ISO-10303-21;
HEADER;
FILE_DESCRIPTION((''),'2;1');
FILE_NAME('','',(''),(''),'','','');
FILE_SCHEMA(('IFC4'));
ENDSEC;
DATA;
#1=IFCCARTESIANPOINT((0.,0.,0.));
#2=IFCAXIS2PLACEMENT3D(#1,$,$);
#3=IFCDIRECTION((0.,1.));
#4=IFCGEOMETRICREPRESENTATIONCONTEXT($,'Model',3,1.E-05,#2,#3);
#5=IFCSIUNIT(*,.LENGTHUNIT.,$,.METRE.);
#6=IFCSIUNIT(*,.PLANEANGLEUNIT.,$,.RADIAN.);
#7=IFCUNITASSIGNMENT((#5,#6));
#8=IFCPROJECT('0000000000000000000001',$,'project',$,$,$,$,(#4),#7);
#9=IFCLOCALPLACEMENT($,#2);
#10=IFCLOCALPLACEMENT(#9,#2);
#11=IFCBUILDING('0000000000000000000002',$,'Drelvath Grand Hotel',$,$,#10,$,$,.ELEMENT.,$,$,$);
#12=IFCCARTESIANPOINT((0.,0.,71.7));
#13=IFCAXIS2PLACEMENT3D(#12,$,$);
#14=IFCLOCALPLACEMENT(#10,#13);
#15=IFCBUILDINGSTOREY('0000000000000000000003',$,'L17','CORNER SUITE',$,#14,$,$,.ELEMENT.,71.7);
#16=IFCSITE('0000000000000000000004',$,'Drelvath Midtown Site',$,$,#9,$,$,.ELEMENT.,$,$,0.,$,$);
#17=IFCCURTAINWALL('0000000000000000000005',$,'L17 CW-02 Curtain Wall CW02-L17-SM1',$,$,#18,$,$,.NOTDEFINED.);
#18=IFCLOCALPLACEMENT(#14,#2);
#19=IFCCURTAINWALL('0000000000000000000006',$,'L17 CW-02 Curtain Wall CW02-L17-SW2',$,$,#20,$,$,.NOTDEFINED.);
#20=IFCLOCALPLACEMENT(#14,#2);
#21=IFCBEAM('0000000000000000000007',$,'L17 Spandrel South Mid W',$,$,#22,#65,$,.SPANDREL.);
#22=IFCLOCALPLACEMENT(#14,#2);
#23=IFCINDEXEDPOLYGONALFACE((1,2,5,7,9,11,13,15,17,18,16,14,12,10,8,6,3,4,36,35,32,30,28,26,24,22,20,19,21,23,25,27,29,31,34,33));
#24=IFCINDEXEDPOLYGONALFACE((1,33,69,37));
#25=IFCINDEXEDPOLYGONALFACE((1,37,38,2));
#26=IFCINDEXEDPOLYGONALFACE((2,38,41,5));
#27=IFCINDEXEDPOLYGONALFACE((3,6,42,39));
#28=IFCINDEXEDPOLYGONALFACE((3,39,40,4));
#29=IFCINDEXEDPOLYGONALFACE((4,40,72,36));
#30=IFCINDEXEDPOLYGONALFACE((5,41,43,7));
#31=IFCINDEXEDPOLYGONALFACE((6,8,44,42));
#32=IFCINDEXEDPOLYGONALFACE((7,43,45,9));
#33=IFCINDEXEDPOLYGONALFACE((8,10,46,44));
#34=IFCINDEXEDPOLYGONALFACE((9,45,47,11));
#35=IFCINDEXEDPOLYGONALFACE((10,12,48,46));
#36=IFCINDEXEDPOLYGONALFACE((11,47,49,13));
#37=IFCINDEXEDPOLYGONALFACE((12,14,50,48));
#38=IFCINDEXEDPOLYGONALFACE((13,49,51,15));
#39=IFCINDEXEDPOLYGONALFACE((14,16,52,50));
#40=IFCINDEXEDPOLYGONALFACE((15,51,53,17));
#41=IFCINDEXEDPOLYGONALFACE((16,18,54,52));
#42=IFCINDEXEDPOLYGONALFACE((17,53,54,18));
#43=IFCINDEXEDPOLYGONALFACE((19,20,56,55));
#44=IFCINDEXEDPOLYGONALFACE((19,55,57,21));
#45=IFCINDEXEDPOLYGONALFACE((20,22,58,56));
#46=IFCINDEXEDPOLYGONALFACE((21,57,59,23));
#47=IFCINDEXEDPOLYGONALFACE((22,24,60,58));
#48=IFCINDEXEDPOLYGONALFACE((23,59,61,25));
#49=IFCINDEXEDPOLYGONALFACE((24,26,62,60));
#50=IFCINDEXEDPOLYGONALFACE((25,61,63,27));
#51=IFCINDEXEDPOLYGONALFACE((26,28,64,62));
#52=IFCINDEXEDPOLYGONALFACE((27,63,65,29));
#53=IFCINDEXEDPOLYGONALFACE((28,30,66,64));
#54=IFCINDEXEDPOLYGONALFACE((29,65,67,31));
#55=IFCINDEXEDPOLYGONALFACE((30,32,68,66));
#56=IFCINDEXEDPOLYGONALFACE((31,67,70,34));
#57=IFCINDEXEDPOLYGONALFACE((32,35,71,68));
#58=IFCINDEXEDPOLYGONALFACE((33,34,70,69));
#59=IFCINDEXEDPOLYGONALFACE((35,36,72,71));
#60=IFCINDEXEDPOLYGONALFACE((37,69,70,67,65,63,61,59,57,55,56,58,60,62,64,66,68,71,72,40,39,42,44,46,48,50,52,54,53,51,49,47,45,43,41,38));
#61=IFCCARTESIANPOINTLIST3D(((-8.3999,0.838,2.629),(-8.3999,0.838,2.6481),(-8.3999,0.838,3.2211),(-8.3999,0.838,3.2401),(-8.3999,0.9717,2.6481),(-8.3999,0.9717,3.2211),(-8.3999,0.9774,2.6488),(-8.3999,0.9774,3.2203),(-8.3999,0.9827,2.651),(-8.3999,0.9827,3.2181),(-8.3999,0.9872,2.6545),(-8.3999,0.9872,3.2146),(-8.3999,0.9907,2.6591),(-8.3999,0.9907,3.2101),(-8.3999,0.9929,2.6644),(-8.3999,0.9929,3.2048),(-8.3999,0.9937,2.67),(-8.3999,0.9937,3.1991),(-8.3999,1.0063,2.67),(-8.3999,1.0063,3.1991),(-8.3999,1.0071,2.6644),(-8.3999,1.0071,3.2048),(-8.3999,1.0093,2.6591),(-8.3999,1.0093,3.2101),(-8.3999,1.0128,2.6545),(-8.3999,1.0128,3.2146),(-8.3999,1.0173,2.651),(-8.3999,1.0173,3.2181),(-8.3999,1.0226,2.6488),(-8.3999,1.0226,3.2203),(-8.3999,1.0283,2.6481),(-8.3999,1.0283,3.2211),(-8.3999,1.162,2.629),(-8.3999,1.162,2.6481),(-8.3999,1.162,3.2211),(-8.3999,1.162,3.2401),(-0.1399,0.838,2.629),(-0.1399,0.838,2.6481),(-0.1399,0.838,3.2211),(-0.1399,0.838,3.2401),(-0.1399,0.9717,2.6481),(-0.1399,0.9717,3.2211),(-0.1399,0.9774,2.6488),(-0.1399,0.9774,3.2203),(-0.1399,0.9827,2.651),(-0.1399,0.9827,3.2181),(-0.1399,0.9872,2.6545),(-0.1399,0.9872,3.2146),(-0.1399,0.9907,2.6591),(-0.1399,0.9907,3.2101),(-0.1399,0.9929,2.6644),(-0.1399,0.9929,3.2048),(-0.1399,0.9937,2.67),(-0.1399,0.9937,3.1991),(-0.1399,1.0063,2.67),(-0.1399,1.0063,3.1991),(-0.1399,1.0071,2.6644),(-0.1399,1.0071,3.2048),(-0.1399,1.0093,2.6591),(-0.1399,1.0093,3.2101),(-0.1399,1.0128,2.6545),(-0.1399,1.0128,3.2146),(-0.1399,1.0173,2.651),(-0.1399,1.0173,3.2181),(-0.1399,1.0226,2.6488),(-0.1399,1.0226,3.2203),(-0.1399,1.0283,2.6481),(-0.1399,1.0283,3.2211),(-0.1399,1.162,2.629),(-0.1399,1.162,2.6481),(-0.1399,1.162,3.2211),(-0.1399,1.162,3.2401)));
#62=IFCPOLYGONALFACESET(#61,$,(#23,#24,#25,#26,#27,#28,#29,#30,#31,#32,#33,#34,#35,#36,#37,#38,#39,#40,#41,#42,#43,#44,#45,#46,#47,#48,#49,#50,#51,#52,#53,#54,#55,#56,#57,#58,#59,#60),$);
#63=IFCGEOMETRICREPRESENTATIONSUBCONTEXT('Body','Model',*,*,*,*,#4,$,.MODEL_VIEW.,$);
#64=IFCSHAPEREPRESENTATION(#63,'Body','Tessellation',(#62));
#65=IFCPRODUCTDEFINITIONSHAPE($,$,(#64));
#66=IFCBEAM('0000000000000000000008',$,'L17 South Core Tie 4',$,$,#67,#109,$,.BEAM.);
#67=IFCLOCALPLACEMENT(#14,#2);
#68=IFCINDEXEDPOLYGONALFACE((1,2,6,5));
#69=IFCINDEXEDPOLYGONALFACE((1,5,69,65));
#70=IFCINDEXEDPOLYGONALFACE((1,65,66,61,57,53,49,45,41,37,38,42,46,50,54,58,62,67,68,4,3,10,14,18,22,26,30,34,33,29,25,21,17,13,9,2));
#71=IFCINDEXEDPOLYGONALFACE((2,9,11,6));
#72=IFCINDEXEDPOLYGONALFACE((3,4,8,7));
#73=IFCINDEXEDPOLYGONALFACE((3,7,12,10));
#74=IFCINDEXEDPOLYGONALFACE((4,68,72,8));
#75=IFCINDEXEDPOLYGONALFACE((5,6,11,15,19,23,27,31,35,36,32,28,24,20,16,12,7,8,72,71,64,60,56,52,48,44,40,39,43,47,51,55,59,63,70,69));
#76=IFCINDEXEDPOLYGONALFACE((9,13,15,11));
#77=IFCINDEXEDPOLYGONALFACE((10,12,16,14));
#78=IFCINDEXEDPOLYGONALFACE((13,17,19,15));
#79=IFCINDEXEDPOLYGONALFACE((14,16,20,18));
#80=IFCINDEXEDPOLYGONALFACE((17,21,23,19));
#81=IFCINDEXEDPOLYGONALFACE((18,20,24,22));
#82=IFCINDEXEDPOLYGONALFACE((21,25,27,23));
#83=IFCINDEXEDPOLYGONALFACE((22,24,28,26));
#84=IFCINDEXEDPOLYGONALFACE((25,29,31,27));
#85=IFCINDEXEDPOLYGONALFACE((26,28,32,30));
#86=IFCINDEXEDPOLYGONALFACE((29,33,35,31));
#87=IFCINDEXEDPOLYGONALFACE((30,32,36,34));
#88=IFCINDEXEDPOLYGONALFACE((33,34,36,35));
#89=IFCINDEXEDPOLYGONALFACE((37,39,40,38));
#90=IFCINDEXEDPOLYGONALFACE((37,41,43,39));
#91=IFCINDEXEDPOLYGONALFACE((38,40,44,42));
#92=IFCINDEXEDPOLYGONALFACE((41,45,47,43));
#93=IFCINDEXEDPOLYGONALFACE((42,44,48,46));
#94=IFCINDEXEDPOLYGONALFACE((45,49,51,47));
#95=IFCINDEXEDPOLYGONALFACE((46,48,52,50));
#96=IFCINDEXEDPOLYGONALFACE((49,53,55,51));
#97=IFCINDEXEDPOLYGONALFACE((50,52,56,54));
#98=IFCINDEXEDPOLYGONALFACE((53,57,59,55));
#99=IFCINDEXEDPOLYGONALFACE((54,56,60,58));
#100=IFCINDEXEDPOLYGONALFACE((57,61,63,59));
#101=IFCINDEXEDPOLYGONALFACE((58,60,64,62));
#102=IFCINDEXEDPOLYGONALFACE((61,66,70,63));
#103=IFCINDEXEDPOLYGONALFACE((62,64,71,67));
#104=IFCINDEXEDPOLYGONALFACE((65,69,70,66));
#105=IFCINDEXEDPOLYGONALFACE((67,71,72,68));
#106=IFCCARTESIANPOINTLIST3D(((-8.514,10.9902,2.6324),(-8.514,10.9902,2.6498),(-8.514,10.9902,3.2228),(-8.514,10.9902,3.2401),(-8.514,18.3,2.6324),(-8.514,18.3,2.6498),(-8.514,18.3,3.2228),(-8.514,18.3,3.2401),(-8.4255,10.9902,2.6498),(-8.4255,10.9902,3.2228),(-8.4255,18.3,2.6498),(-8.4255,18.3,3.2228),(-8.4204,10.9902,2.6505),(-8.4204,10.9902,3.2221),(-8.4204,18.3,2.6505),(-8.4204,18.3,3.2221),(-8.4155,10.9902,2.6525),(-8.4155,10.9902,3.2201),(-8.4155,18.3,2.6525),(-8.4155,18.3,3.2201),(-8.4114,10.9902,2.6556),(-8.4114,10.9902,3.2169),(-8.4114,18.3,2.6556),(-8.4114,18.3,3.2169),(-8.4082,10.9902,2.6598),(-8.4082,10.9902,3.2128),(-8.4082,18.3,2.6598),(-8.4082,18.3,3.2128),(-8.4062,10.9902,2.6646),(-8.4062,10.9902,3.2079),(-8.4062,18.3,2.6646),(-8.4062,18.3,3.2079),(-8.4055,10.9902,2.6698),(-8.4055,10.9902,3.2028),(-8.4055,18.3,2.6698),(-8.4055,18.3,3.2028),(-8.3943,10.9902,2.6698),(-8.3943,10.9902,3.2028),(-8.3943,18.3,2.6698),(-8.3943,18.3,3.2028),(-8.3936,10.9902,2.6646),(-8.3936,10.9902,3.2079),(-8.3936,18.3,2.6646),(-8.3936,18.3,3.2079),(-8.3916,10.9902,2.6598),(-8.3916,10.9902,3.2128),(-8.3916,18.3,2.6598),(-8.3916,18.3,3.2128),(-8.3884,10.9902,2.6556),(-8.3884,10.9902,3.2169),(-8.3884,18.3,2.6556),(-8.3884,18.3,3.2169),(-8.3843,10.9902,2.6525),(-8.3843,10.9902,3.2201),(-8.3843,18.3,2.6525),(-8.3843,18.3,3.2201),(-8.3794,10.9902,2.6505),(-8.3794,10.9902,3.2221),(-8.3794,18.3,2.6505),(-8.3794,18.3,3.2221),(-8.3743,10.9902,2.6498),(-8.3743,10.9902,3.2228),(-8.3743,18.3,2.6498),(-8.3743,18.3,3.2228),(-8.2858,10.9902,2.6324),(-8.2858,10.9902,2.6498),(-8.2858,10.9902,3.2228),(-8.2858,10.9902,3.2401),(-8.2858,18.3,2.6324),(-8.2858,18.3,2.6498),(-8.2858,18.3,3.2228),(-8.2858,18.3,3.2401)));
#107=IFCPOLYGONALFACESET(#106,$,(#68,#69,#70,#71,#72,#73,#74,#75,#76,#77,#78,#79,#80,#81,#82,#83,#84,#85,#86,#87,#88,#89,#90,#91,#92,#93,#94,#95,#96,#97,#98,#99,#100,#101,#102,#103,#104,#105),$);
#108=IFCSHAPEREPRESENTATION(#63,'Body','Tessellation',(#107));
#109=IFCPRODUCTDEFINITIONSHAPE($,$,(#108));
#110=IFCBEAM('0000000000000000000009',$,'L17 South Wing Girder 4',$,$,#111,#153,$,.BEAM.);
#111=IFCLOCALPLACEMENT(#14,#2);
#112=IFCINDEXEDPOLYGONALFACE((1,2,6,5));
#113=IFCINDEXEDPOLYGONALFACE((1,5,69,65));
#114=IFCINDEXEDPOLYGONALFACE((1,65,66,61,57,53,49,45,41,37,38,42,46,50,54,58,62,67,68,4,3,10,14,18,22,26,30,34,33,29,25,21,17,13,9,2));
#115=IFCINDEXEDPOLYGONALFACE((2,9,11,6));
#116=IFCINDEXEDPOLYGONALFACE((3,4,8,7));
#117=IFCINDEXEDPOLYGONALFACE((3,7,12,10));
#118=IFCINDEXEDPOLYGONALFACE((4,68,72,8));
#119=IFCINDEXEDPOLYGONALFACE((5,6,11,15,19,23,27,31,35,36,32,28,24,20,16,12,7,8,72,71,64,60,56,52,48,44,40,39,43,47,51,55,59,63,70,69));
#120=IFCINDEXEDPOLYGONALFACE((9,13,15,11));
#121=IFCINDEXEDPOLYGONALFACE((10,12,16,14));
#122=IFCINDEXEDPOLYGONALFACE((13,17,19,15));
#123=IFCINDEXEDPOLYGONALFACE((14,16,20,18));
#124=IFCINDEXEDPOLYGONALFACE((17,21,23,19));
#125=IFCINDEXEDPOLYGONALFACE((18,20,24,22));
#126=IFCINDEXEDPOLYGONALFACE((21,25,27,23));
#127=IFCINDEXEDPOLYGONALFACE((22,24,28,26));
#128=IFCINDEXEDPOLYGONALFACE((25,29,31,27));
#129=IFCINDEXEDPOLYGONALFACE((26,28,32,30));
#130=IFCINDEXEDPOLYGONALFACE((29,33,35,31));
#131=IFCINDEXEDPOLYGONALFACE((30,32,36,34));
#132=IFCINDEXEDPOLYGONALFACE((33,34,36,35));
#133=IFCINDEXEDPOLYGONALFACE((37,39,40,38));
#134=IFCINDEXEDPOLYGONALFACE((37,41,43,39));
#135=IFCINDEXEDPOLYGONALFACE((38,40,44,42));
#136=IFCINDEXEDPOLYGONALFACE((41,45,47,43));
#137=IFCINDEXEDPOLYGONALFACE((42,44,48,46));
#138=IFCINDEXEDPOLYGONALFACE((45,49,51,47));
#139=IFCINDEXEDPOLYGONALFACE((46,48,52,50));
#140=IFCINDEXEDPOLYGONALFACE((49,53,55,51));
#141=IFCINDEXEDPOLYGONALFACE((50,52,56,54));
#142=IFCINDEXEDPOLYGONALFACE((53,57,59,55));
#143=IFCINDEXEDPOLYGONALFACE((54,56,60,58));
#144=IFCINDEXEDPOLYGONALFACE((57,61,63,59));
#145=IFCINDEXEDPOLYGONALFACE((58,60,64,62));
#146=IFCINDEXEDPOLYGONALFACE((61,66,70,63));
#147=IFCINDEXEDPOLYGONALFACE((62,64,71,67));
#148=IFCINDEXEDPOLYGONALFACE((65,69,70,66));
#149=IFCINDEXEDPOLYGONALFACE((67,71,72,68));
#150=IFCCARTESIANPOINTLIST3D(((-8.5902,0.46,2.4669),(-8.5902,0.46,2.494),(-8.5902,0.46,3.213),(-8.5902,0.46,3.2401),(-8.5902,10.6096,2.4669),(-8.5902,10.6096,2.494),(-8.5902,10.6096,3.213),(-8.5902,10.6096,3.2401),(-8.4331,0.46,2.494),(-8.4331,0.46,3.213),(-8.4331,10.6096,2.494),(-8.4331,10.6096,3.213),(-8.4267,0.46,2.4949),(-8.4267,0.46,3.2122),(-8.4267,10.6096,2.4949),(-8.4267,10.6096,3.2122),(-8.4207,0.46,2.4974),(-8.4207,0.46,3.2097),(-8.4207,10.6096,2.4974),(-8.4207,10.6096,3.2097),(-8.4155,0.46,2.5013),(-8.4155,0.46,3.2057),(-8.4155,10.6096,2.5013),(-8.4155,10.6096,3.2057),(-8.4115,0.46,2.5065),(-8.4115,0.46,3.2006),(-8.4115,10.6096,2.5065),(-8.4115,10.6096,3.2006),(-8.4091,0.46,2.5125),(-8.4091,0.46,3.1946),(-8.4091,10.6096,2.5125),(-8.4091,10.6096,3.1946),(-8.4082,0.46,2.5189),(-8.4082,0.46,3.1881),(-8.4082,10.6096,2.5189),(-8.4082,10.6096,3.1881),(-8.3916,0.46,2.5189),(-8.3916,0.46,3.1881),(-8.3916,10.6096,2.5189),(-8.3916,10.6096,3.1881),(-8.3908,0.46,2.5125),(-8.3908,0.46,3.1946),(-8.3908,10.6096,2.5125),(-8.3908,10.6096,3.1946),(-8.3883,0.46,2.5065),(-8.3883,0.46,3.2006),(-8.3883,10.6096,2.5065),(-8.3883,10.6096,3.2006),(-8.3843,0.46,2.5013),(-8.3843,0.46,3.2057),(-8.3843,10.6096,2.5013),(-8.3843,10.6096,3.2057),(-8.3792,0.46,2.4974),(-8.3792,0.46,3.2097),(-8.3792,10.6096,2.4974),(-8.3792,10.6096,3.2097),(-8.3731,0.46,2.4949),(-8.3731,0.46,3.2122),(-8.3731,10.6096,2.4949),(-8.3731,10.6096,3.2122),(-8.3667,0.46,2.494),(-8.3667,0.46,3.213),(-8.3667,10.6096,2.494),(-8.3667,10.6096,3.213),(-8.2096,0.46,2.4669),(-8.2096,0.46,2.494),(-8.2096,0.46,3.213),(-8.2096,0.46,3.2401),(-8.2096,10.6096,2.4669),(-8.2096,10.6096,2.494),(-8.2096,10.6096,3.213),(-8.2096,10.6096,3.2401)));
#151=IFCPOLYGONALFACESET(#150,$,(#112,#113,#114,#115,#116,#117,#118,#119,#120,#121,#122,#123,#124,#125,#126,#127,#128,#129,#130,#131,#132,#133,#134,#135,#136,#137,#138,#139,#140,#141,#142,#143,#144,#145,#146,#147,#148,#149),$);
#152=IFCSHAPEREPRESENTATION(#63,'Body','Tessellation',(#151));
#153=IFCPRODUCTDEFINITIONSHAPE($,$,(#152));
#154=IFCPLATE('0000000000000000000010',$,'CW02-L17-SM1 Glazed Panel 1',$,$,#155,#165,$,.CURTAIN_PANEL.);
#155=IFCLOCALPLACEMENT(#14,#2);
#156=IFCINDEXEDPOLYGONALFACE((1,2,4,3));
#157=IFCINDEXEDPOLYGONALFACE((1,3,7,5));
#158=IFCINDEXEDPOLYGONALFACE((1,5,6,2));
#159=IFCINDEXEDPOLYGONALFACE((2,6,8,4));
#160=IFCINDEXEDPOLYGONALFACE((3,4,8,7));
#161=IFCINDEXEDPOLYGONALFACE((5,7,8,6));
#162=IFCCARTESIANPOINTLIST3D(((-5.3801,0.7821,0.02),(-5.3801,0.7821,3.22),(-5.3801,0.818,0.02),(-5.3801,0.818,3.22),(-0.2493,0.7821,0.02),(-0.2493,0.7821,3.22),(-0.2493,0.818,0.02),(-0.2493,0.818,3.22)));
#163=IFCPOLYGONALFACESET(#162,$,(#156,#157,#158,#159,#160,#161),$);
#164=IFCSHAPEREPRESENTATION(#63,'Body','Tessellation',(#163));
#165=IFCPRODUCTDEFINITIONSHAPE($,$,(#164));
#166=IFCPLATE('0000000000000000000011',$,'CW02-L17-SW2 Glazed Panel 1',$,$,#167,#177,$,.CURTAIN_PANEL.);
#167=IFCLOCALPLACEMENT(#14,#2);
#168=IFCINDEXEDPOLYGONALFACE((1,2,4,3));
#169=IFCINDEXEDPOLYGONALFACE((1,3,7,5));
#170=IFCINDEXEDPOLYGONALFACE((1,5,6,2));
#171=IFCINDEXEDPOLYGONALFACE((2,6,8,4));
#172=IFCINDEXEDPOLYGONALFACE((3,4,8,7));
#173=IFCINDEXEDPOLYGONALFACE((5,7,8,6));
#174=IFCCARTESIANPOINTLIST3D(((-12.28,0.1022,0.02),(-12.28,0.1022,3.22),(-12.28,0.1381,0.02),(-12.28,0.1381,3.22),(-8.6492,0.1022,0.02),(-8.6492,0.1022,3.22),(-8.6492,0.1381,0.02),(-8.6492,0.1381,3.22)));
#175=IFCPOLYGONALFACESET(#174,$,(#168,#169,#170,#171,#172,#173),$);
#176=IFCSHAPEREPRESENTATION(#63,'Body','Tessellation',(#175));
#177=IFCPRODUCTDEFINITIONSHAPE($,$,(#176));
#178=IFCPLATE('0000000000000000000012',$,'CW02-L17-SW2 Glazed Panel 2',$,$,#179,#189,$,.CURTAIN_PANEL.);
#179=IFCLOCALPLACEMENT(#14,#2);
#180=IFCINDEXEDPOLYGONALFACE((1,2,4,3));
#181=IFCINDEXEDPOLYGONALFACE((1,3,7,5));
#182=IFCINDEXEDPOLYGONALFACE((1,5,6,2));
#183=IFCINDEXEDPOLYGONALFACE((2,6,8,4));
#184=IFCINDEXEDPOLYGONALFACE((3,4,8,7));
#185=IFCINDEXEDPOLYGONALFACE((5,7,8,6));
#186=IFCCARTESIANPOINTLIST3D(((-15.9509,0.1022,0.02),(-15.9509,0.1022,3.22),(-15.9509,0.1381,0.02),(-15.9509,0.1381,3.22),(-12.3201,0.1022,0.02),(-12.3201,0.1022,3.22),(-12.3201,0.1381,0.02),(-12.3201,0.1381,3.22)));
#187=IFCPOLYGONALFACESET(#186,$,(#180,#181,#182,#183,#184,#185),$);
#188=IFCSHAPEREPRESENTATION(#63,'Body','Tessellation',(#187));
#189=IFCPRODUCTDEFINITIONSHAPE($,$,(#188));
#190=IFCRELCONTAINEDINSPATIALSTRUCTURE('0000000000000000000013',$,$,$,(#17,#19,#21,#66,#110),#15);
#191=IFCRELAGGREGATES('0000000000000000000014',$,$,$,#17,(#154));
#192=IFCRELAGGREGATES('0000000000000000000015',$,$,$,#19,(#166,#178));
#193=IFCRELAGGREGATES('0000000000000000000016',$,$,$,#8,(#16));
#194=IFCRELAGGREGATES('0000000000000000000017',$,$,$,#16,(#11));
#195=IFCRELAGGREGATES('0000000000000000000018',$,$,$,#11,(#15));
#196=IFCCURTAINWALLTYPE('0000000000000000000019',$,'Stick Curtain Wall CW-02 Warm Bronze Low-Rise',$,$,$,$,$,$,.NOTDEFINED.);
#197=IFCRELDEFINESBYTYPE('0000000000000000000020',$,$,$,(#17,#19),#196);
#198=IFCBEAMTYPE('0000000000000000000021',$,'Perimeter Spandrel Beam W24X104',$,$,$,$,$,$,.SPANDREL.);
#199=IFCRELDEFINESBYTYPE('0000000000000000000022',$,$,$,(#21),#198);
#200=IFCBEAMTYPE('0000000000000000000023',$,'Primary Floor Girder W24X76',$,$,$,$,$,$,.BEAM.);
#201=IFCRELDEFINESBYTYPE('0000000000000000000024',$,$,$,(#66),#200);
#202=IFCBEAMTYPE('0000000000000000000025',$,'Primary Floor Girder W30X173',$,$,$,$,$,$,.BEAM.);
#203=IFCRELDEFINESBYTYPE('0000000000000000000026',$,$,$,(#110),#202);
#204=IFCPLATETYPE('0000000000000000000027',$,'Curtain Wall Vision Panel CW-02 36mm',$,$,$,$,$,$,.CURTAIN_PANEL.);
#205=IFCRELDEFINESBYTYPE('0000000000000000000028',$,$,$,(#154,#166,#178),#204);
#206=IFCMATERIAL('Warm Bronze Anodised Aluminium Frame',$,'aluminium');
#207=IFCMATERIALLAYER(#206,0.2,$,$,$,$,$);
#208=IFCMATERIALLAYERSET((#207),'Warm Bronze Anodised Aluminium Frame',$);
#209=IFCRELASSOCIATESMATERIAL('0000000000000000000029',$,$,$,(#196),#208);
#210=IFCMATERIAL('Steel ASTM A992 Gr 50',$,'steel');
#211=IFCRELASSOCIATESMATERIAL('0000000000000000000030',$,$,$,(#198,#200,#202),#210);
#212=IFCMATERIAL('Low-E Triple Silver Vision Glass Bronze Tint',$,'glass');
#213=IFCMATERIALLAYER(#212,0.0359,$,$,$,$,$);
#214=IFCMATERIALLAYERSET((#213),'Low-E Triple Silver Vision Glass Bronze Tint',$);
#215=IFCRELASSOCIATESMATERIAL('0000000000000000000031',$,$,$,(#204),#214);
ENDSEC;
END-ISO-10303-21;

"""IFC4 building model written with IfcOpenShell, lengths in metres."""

from ifc_helpers import new_model, si_unit, direction, frame, origin, origin_2d, place, context, subcontext, project, spatial, rectangle, i_section, extrude, material, layer, layer_set, material_profile, profile_set, type_object, element, aggregate, save


model = new_model("IFC4")

# Units and contexts
model_context = context("Model", 3, precision=1e-05, world=origin(), true_north=direction((0.0, 1.0)))
body_context = subcontext(model_context, "Body", "Model", "MODEL_VIEW")
ifc_project = project(units=[si_unit("LENGTHUNIT", "METRE"), si_unit("PLANEANGLEUNIT", "RADIAN")], contexts=[model_context])

# Site, building, storey
site_placement = place(None, origin())
site = spatial("IfcSite", under=ifc_project, at=site_placement, Name="Drelvath Midtown Site", CompositionType="ELEMENT", RefElevation=0.0)
building_placement = place(site_placement, origin())
building = spatial("IfcBuilding", under=site, at=building_placement, Name="Drelvath Grand Hotel", CompositionType="ELEMENT")
storey_placement = place(building_placement, frame((0.0, 0.0, 71.7)))
storey = spatial("IfcBuildingStorey", under=building, at=storey_placement, Name="L17", Description="CORNER SUITE", CompositionType="ELEMENT", Elevation=71.7)

# Shared definitions
ifc_material_1 = material(Name="Steel ASTM A992 Gr 50", Category="steel")

# Curtain walls
ifc_material_2 = material(Name="Warm Bronze Anodised Aluminium Frame", Category="aluminium")
ifc_layer_1 = layer(ifc_material_2, 0.2)
ifc_layer_set_1 = layer_set([ifc_layer_1], Name="Warm Bronze Anodised Aluminium Frame")
curtain_wall_type = type_object("IfcCurtainWallType", Name="Stick Curtain Wall CW-02 Warm Bronze Low-Rise", PredefinedType="NOTDEFINED", material=ifc_layer_set_1)
curtain_wall_1_placement = place(storey_placement, origin())
curtain_wall_1 = element("IfcCurtainWall", 1, at=curtain_wall_1_placement, inside=storey, type_object=curtain_wall_type, Name="L17 CW-02 Curtain Wall CW02-L17-SM1", PredefinedType="NOTDEFINED")
curtain_wall_2_placement = place(storey_placement, origin())
curtain_wall_2 = element("IfcCurtainWall", 2, at=curtain_wall_2_placement, inside=storey, type_object=curtain_wall_type, Name="L17 CW-02 Curtain Wall CW02-L17-SW2", PredefinedType="NOTDEFINED")

# Beams
ifc_material_profile_1 = material_profile(ifc_material_1, i_section(OverallWidth=0.324, OverallDepth=0.6111, WebThickness=0.0127, FlangeThickness=0.019, FilletRadius=0.022, at=origin_2d()), Name="W24X104")
ifc_profile_set_1 = profile_set([ifc_material_profile_1], Name="Steel ASTM A992 Gr 50")
beam_type_1 = type_object("IfcBeamType", Name="Perimeter Spandrel Beam W24X104", PredefinedType="SPANDREL", material=ifc_profile_set_1)
beam_1_placement = place(storey_placement, frame((-8.3999, 1.0, 2.9346), z_axis=(1.0, 0.0, 0.0), x_axis=(0.0, 1.0, 0.0)))
element("IfcBeam", 3, at=beam_1_placement, inside=storey, type_object=beam_type_1, Name="L17 Spandrel South Mid W", PredefinedType="SPANDREL", context=body_context, shape_type="SweptSolid", body=[
    extrude(i_section(OverallWidth=0.324, OverallDepth=0.6111, WebThickness=0.0127, FlangeThickness=0.019, FilletRadius=0.022, at=origin_2d()), origin(), (0.0, 0.0, 1.0), 8.26),
])
ifc_material_profile_2 = material_profile(ifc_material_1, i_section(OverallWidth=0.2283, OverallDepth=0.6077, WebThickness=0.0112, FlangeThickness=0.0173, FilletRadius=0.02, at=origin_2d()), Name="W24X76")
ifc_profile_set_2 = profile_set([ifc_material_profile_2], Name="Steel ASTM A992 Gr 50")
beam_type_2 = type_object("IfcBeamType", Name="Primary Floor Girder W24X76", PredefinedType="BEAM", material=ifc_profile_set_2)
beam_2_placement = place(storey_placement, frame((-8.3999, 10.9902, 2.9363), z_axis=(0.0, 1.0, 0.0), x_axis=(-1.0, 0.0, 0.0)))
element("IfcBeam", 4, at=beam_2_placement, inside=storey, type_object=beam_type_2, Name="L17 South Core Tie 4", PredefinedType="BEAM", context=body_context, shape_type="SweptSolid", body=[
    extrude(i_section(OverallWidth=0.2283, OverallDepth=0.6077, WebThickness=0.0112, FlangeThickness=0.0173, FilletRadius=0.02, at=origin_2d()), origin(), (0.0, 0.0, 1.0), 7.3098),
])
ifc_material_profile_3 = material_profile(ifc_material_1, i_section(OverallWidth=0.3806, OverallDepth=0.7732, WebThickness=0.0166, FlangeThickness=0.0271, FilletRadius=0.0249, at=origin_2d()), Name="W30X173")
ifc_profile_set_3 = profile_set([ifc_material_profile_3], Name="Steel ASTM A992 Gr 50")
beam_type_3 = type_object("IfcBeamType", Name="Primary Floor Girder W30X173", PredefinedType="BEAM", material=ifc_profile_set_3)
beam_3_placement = place(storey_placement, frame((-8.3999, 0.46, 2.8535), z_axis=(0.0, 1.0, 0.0), x_axis=(-1.0, 0.0, 0.0)))
element("IfcBeam", 5, at=beam_3_placement, inside=storey, type_object=beam_type_3, Name="L17 South Wing Girder 4", PredefinedType="BEAM", context=body_context, shape_type="SweptSolid", body=[
    extrude(i_section(OverallWidth=0.3806, OverallDepth=0.7732, WebThickness=0.0166, FlangeThickness=0.0271, FilletRadius=0.0249, at=origin_2d()), origin(), (0.0, 0.0, 1.0), 10.1497),
])

# Plates
ifc_material_3 = material(Name="Low-E Triple Silver Vision Glass Bronze Tint", Category="glass")
ifc_layer_2 = layer(ifc_material_3, 0.0359)
ifc_layer_set_2 = layer_set([ifc_layer_2], Name="Low-E Triple Silver Vision Glass Bronze Tint")
plate_type = type_object("IfcPlateType", Name="Curtain Wall Vision Panel CW-02 36mm", PredefinedType="CURTAIN_PANEL", material=ifc_layer_set_2)
plate_1_placement = place(storey_placement, frame((-2.8147, 0.8, 0.02), z_axis=(0.0, 0.0, 1.0), x_axis=(-1.0, 0.0, 0.0)))
plate_1 = element("IfcPlate", 6, at=plate_1_placement, type_object=plate_type, Name="CW02-L17-SM1 Glazed Panel 1", PredefinedType="CURTAIN_PANEL", context=body_context, shape_type="SweptSolid", body=[
    extrude(rectangle(XDim=5.1309, YDim=0.0359, at=origin_2d()), origin(), (0.0, 0.0, 1.0), 3.2),
])
aggregate(curtain_wall_1, [plate_1])
plate_2_placement = place(storey_placement, frame((-10.4646, 0.1201, 0.02), z_axis=(0.0, 0.0, 1.0), x_axis=(-1.0, 0.0, 0.0)))
plate_2 = element("IfcPlate", 7, at=plate_2_placement, type_object=plate_type, Name="CW02-L17-SW2 Glazed Panel 1", PredefinedType="CURTAIN_PANEL", context=body_context, shape_type="SweptSolid", body=[
    extrude(rectangle(XDim=3.6309, YDim=0.0359, at=origin_2d()), origin(), (0.0, 0.0, 1.0), 3.2),
])
plate_3_placement = place(storey_placement, frame((-14.1355, 0.1201, 0.02), z_axis=(0.0, 0.0, 1.0), x_axis=(-1.0, 0.0, 0.0)))
plate_3 = element("IfcPlate", 8, at=plate_3_placement, type_object=plate_type, Name="CW02-L17-SW2 Glazed Panel 2", PredefinedType="CURTAIN_PANEL", context=body_context, shape_type="SweptSolid", body=[
    extrude(rectangle(XDim=3.6309, YDim=0.0359, at=origin_2d()), origin(), (0.0, 0.0, 1.0), 3.2),
])
aggregate(curtain_wall_2, [plate_2, plate_3])

save(model, "model.ifc")
